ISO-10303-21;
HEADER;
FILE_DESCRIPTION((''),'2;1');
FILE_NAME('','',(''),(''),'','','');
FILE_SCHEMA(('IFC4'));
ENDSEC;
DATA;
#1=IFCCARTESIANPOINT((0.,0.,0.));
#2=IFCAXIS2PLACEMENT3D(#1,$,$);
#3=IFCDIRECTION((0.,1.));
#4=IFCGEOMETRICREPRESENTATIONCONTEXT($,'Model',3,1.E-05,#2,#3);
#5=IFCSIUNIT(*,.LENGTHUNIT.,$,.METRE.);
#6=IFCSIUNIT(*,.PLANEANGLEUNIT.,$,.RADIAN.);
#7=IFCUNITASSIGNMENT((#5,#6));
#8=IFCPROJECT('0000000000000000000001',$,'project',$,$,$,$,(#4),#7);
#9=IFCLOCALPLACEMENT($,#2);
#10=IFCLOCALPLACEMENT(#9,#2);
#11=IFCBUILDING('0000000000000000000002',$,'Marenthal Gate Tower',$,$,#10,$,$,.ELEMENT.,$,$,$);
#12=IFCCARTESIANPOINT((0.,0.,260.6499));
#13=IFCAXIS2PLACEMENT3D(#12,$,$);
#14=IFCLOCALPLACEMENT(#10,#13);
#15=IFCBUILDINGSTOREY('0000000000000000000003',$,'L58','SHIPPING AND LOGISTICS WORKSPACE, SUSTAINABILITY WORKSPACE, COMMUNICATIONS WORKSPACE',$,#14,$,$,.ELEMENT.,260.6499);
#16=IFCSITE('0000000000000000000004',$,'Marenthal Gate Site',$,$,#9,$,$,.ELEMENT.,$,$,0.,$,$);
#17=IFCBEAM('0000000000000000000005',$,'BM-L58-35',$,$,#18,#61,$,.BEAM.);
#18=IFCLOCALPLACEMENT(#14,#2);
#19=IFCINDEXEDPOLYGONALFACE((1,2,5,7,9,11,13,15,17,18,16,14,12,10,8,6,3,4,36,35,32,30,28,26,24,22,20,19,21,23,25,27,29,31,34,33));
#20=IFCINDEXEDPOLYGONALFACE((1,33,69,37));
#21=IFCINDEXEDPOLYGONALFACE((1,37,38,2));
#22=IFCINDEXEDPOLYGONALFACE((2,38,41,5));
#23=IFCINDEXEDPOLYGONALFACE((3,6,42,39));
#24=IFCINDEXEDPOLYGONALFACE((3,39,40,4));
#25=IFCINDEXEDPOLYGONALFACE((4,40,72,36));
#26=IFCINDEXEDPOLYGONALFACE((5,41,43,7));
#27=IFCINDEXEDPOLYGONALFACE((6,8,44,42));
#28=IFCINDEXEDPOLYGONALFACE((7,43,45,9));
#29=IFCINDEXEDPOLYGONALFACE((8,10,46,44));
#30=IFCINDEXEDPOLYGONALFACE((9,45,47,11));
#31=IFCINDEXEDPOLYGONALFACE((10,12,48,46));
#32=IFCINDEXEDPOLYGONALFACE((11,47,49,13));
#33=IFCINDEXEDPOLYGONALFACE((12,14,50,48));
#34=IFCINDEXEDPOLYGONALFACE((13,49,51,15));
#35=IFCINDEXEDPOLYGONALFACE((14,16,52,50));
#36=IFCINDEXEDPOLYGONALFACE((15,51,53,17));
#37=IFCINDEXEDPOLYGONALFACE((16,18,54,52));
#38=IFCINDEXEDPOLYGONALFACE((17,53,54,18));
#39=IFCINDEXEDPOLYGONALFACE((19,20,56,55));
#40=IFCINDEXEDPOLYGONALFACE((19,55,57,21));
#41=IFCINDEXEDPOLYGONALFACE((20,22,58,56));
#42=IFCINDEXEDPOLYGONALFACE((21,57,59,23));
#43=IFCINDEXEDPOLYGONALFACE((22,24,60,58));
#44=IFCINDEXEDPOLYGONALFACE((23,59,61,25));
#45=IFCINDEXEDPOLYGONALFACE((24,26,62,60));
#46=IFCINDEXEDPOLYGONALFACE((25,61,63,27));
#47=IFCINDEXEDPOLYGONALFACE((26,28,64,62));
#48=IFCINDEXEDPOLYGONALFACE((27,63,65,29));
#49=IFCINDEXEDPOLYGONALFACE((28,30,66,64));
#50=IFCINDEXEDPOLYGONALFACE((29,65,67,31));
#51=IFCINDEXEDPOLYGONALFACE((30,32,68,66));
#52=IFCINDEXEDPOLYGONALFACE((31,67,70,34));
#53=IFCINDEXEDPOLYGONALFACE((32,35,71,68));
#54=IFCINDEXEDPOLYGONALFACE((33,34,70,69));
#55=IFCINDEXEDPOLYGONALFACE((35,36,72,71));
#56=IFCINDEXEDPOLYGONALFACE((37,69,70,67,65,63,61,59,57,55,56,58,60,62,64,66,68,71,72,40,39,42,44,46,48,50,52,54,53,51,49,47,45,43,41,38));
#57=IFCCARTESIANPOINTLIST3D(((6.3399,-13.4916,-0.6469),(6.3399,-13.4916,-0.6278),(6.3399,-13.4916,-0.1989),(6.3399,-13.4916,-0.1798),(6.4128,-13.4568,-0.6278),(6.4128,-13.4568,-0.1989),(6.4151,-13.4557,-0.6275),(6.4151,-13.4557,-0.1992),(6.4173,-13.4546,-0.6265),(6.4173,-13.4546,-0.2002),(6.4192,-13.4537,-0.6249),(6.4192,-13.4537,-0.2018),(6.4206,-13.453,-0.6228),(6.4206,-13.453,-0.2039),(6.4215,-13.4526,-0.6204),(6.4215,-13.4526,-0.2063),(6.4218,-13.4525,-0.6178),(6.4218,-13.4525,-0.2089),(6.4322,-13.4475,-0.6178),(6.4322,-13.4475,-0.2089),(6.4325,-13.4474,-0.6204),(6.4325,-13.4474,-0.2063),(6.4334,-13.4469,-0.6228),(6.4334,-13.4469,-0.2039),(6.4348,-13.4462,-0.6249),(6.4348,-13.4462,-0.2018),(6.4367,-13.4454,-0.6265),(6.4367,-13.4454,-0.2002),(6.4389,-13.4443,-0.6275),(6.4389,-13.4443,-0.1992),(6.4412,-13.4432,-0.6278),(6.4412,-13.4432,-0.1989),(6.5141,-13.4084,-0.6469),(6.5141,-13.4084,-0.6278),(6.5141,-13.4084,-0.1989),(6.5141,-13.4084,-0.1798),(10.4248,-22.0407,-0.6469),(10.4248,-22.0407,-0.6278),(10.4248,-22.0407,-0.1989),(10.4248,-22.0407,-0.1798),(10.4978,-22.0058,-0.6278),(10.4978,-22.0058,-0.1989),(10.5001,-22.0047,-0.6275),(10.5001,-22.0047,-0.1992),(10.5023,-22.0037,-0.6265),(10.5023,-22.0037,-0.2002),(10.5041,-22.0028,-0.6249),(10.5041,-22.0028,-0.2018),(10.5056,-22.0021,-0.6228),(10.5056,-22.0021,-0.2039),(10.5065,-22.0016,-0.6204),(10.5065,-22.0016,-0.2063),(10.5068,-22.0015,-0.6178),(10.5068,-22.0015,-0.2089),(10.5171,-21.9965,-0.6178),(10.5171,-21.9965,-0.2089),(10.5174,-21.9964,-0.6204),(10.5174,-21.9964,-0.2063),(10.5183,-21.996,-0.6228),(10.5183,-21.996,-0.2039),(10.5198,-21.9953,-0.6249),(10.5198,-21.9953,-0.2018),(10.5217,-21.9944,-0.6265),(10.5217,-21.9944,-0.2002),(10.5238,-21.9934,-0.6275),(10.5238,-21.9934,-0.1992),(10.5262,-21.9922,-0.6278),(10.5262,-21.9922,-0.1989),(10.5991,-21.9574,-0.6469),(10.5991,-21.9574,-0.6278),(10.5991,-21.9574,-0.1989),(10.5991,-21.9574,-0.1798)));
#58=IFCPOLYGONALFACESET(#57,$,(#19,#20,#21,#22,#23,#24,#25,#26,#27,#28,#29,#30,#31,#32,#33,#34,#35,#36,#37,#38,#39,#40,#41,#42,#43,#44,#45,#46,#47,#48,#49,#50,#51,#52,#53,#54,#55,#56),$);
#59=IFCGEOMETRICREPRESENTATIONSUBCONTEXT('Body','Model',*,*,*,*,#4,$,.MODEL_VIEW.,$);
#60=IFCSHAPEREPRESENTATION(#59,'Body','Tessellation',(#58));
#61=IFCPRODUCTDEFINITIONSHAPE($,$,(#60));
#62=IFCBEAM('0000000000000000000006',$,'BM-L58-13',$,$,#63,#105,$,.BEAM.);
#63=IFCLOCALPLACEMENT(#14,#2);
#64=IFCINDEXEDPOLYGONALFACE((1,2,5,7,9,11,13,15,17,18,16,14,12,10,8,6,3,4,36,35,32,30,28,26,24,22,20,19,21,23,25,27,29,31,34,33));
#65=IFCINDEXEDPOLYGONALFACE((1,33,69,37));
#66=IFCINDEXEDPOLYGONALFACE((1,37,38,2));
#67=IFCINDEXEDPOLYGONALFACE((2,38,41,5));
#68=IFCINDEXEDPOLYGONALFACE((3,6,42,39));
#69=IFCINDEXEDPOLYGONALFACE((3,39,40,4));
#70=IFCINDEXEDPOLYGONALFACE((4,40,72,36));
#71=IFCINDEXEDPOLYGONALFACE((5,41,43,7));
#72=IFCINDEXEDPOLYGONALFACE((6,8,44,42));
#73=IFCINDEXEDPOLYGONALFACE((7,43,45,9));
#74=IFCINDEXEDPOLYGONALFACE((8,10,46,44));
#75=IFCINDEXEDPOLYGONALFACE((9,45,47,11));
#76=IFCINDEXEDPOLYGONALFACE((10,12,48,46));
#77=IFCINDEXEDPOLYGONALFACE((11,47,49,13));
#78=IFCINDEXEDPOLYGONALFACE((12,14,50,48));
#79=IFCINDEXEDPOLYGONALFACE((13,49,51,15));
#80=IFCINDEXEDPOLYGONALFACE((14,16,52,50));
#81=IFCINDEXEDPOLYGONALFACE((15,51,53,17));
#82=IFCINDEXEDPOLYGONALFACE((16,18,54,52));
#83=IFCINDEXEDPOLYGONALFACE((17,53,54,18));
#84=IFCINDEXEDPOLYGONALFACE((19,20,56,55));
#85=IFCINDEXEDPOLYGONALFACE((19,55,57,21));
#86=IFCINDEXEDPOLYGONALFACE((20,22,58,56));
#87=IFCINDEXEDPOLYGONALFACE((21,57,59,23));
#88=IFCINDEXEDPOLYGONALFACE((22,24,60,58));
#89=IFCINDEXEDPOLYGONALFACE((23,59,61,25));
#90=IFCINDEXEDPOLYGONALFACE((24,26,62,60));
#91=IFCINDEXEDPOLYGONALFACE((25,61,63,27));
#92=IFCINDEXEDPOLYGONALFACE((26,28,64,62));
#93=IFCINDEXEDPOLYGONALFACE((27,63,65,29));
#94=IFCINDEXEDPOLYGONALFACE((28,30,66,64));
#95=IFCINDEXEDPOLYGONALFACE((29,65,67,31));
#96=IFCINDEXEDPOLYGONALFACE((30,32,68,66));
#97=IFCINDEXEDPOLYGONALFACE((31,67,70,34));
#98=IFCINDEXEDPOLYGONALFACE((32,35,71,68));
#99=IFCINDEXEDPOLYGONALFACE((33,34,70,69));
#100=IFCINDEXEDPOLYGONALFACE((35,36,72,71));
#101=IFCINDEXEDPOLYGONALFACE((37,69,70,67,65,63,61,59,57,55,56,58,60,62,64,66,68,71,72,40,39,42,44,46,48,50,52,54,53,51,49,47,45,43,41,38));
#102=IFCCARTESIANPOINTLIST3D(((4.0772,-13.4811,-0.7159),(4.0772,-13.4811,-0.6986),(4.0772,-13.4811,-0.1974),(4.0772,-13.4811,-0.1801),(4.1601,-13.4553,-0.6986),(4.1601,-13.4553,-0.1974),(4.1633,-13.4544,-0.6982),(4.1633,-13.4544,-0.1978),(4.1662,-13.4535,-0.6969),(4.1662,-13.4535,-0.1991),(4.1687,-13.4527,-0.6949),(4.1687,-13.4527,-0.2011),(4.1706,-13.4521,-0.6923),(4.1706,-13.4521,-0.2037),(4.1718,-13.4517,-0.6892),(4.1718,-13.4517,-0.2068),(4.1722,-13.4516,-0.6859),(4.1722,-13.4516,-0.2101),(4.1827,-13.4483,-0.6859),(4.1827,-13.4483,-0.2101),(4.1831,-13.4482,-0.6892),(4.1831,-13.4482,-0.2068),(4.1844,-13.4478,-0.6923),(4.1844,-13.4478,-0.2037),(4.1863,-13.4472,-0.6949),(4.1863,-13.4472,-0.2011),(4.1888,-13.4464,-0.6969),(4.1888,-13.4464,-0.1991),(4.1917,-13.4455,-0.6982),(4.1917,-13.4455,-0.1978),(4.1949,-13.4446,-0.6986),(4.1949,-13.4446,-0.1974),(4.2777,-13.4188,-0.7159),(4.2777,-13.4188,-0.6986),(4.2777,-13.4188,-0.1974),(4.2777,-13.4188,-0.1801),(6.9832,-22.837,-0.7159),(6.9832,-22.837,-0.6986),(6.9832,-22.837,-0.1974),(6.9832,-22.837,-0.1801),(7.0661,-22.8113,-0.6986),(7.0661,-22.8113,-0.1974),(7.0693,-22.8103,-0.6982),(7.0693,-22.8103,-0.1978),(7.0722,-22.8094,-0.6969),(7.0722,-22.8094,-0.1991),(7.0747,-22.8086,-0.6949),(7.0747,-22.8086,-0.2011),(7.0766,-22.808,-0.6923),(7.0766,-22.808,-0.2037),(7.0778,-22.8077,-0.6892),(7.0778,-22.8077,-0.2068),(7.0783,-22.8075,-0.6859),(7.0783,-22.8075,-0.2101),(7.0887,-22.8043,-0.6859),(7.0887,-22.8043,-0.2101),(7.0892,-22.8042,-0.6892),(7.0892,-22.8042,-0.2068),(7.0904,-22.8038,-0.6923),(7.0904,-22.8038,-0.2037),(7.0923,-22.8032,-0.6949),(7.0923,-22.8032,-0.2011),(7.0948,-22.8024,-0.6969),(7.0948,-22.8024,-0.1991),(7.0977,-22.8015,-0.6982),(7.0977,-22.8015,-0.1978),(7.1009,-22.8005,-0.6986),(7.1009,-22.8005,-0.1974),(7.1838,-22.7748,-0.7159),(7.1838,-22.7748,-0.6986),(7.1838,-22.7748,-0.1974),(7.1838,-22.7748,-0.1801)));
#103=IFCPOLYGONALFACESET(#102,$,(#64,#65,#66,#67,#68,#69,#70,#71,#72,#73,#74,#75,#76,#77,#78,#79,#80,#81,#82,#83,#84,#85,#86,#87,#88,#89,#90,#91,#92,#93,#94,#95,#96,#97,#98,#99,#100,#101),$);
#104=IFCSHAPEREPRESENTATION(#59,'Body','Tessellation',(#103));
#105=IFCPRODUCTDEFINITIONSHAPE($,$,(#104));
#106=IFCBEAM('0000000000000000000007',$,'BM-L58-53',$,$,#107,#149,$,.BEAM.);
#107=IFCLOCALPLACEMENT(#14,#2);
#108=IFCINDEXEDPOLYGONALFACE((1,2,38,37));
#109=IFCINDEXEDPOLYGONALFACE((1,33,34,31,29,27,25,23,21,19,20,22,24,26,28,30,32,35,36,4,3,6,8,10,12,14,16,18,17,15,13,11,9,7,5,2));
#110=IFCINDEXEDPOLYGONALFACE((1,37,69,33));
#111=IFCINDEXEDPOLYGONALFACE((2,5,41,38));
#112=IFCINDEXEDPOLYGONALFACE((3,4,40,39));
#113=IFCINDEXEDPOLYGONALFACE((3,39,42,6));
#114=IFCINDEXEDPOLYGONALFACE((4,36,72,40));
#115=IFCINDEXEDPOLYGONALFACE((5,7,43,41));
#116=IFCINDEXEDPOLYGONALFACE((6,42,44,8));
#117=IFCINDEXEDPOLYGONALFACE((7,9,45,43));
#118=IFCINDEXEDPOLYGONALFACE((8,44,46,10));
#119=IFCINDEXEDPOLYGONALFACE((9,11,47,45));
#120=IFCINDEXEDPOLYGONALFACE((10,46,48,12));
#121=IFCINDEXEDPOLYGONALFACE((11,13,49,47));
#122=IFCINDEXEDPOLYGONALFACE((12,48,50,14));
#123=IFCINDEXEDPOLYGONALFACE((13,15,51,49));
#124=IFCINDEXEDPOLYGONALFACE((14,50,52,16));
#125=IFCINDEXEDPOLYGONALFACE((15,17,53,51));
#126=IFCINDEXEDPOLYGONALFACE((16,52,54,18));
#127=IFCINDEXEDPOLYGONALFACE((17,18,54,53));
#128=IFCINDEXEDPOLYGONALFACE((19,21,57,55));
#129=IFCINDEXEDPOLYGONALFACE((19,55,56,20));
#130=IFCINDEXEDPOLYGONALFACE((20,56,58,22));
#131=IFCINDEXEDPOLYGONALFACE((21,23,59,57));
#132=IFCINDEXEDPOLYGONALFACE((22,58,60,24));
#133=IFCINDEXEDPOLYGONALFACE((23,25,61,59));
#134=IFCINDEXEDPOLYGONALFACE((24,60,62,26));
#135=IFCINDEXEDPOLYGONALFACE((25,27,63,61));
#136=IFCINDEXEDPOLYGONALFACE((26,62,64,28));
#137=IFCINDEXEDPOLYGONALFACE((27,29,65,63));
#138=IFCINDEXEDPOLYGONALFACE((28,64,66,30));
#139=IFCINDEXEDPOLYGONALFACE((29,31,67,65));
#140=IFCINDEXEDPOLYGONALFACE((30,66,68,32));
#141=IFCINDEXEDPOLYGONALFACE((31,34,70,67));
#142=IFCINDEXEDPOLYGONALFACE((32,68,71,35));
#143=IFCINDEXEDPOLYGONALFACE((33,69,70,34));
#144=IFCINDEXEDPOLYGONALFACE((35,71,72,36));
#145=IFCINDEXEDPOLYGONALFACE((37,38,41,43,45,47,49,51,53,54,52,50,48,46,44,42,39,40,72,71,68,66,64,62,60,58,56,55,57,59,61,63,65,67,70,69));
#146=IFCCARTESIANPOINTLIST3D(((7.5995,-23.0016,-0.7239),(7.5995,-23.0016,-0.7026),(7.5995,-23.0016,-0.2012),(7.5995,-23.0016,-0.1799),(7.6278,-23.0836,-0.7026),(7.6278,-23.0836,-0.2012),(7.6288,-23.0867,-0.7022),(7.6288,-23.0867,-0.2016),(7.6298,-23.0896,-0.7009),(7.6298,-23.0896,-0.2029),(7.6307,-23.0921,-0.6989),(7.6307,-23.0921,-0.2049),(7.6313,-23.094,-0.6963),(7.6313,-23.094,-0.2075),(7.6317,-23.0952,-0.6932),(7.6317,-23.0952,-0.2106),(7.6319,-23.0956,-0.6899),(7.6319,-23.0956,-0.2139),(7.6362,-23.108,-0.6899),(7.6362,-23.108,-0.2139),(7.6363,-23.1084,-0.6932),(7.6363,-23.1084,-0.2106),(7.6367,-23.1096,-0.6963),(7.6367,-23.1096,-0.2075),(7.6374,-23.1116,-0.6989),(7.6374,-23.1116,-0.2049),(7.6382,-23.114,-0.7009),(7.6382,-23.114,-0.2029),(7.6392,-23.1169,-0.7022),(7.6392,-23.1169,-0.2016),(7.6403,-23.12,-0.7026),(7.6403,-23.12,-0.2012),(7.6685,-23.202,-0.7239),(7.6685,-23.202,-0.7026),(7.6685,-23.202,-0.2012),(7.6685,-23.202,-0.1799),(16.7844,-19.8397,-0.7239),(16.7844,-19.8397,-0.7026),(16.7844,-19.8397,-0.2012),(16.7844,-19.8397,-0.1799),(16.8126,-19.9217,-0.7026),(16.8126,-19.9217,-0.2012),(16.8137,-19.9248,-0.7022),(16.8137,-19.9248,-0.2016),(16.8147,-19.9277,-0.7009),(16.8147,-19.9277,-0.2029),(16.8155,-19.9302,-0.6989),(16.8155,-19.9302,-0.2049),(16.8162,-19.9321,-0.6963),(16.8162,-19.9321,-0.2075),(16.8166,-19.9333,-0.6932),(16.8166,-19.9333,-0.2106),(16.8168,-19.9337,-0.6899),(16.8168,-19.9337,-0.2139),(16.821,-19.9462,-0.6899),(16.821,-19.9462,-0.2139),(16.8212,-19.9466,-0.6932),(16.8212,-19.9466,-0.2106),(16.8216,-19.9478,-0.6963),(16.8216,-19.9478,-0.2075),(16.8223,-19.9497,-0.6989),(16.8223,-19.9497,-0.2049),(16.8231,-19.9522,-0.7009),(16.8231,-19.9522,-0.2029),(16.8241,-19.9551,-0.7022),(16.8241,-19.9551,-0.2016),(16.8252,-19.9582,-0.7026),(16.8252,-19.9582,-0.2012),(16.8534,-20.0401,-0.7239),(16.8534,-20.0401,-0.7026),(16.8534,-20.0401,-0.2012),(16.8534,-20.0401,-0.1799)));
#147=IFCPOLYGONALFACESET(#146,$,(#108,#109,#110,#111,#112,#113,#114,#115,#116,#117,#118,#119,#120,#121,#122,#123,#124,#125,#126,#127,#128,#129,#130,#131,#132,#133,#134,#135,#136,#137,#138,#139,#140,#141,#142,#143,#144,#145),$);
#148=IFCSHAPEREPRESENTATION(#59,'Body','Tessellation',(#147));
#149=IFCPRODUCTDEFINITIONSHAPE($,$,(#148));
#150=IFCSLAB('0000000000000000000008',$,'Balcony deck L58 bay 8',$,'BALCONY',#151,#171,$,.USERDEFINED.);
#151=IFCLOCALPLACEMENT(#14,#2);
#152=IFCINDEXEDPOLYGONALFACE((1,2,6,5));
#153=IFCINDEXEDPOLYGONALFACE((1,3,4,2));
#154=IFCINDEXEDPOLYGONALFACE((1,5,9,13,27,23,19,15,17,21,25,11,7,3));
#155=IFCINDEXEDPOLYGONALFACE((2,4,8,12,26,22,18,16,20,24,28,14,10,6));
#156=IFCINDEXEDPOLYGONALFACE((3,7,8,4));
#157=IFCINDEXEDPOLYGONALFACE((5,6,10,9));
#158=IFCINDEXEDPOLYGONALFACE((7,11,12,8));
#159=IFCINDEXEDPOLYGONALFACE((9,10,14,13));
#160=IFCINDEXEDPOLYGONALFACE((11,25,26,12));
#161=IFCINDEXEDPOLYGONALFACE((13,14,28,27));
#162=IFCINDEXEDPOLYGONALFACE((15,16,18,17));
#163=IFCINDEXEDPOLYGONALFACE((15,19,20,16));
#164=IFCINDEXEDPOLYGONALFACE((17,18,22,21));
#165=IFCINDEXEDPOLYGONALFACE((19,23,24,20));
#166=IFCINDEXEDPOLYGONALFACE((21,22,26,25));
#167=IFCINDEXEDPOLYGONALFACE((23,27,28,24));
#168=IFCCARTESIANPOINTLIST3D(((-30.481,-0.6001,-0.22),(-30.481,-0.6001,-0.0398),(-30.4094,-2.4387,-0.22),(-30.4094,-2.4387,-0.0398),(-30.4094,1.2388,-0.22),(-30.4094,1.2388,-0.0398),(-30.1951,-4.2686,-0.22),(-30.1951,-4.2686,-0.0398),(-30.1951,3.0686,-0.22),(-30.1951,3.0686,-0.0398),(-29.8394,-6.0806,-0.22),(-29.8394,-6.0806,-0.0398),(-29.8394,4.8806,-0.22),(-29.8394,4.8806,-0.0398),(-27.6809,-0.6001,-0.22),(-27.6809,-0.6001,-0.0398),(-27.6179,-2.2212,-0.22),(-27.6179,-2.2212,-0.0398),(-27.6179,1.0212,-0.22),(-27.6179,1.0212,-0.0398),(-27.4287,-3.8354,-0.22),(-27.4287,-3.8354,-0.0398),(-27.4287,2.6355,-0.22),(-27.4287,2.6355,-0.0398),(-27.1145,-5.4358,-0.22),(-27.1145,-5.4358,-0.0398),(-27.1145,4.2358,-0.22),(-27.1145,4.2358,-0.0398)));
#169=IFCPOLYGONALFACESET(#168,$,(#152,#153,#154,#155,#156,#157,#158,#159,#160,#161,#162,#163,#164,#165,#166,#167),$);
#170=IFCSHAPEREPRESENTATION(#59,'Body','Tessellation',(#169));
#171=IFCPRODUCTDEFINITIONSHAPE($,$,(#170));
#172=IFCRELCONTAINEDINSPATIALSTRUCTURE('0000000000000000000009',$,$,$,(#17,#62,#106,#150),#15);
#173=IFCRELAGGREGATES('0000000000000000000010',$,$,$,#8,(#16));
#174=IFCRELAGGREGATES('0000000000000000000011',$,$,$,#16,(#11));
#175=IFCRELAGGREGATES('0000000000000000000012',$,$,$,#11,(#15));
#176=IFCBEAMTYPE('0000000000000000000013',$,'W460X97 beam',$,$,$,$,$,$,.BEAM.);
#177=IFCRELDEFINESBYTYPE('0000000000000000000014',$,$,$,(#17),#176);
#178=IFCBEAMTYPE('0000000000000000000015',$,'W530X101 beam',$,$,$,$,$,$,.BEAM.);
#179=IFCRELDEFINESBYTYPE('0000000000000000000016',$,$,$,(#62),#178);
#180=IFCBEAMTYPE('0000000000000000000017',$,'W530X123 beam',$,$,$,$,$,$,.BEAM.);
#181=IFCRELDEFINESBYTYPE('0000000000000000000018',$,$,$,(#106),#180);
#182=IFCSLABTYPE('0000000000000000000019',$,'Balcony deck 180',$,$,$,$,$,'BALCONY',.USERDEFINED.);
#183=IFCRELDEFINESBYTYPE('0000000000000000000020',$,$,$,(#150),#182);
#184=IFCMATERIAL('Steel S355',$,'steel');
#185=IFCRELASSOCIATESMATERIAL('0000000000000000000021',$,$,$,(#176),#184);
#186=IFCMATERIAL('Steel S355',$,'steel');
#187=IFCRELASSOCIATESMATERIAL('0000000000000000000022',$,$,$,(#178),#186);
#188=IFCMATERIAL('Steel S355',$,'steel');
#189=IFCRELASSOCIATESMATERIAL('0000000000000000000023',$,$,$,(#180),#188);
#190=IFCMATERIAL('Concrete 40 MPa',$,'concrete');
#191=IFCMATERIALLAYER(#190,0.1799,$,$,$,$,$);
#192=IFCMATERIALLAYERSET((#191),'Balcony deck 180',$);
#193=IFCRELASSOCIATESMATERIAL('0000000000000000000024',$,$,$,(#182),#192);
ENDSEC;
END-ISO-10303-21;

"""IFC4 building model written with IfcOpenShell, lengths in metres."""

from ifc_helpers import new_model, si_unit, direction, frame, origin, origin_2d, place, context, subcontext, project, spatial, polyline, i_section, outline, extrude, material, layer, layer_set, material_profile, profile_set, type_object, element, save


model = new_model("IFC4")

# Units and contexts
model_context = context("Model", 3, precision=1e-05, world=origin(), true_north=direction((0.0, 1.0)))
body_context = subcontext(model_context, "Body", "Model", "MODEL_VIEW")
ifc_project = project(units=[si_unit("LENGTHUNIT", "METRE"), si_unit("PLANEANGLEUNIT", "RADIAN")], contexts=[model_context])

# Site, building, storey
site_placement = place(None, origin())
site = spatial("IfcSite", under=ifc_project, at=site_placement, Name="Marenthal Gate Site", CompositionType="ELEMENT", RefElevation=0.0)
building_placement = place(site_placement, origin())
building = spatial("IfcBuilding", under=site, at=building_placement, Name="Marenthal Gate Tower", CompositionType="ELEMENT")
storey_placement = place(building_placement, frame((0.0, 0.0, 260.6499)))
storey = spatial("IfcBuildingStorey", under=building, at=storey_placement, Name="L58", Description="SHIPPING AND LOGISTICS WORKSPACE, SUSTAINABILITY WORKSPACE, COMMUNICATIONS WORKSPACE", CompositionType="ELEMENT", Elevation=260.6499)

# Beams
ifc_material_1 = material(Name="Steel S355", Category="steel")
ifc_material_profile_1 = material_profile(ifc_material_1, i_section(OverallWidth=0.1931, OverallDepth=0.467, WebThickness=0.0115, FlangeThickness=0.019, FilletRadius=0.01, at=origin_2d()), Name="W460X97")
ifc_profile_set_1 = profile_set([ifc_material_profile_1], Name="Steel S355")
beam_type_1 = type_object("IfcBeamType", Name="W460X97 beam", PredefinedType="BEAM", material=ifc_profile_set_1)
beam_1_placement = place(storey_placement, frame((10.512, -21.999, -0.4133), z_axis=(-0.431135, 0.902287, 0.0), x_axis=(-0.902287, -0.431135, 0.0)))
element("IfcBeam", 1, at=beam_1_placement, inside=storey, type_object=beam_type_1, Name="BM-L58-35", PredefinedType="BEAM", context=body_context, shape_type="SweptSolid", body=[
    extrude(i_section(OverallWidth=0.1931, OverallDepth=0.467, WebThickness=0.0115, FlangeThickness=0.019, FilletRadius=0.01, at=origin_2d()), origin(), (0.0, 0.0, 1.0), 9.4749),
])
ifc_material_2 = material(Name="Steel S355", Category="steel")
ifc_material_profile_2 = material_profile(ifc_material_2, i_section(OverallWidth=0.21, OverallDepth=0.5359, WebThickness=0.011, FlangeThickness=0.0173, FilletRadius=0.0127, at=origin_2d()), Name="W530X101")
ifc_profile_set_2 = profile_set([ifc_material_profile_2], Name="Steel S355")
beam_type_2 = type_object("IfcBeamType", Name="W530X101 beam", PredefinedType="BEAM", material=ifc_profile_set_2)
beam_2_placement = place(storey_placement, frame((7.0835, -22.8059, -0.448), z_axis=(-0.296626, 0.954994, 0.0), x_axis=(-0.954994, -0.296626, 0.0)))
element("IfcBeam", 2, at=beam_2_placement, inside=storey, type_object=beam_type_2, Name="BM-L58-13", PredefinedType="BEAM", context=body_context, shape_type="SweptSolid", body=[
    extrude(i_section(OverallWidth=0.21, OverallDepth=0.5359, WebThickness=0.011, FlangeThickness=0.0173, FilletRadius=0.0127, at=origin_2d()), origin(), (0.0, 0.0, 1.0), 9.7969),
])
ifc_material_3 = material(Name="Steel S355", Category="steel")
ifc_material_profile_3 = material_profile(ifc_material_3, i_section(OverallWidth=0.2119, OverallDepth=0.5439, WebThickness=0.0132, FlangeThickness=0.0212, FilletRadius=0.0127, at=origin_2d()), Name="W530X123")
ifc_profile_set_3 = profile_set([ifc_material_profile_3], Name="Steel S355")
beam_type_3 = type_object("IfcBeamType", Name="W530X123 beam", PredefinedType="BEAM", material=ifc_profile_set_3)
beam_3_placement = place(storey_placement, frame((7.634, -23.1018, -0.4519), z_axis=(0.945541, 0.325502, 0.0), x_axis=(-0.325502, 0.945541, 0.0)))
element("IfcBeam", 3, at=beam_3_placement, inside=storey, type_object=beam_type_3, Name="BM-L58-53", PredefinedType="BEAM", context=body_context, shape_type="SweptSolid", body=[
    extrude(i_section(OverallWidth=0.2119, OverallDepth=0.5439, WebThickness=0.0132, FlangeThickness=0.0212, FilletRadius=0.0127, at=origin_2d()), origin(), (0.0, 0.0, 1.0), 9.7139),
])

# Slab
ifc_material_4 = material(Name="Concrete 40 MPa", Category="concrete")
ifc_layer_1 = layer(ifc_material_4, 0.1799)
ifc_layer_set_1 = layer_set([ifc_layer_1], Name="Balcony deck 180")
slab_type_1 = type_object("IfcSlabType", Name="Balcony deck 180", ElementType="BALCONY", PredefinedType="USERDEFINED", material=ifc_layer_set_1)
slab_1_placement = place(storey_placement, frame((0.0, 0.0, -0.22)))
element("IfcSlab", 4, at=slab_1_placement, inside=storey, type_object=slab_type_1, Name="Balcony deck L58 bay 8", ObjectType="BALCONY", PredefinedType="USERDEFINED", context=body_context, shape_type="SweptSolid", body=[
    extrude(outline(polyline([(-27.1145, 4.2358), (-27.4287, 2.6355), (-27.6179, 1.0212), (-27.6809, -0.6001), (-27.6179, -2.2212), (-27.4287, -3.8354), (-27.1145, -5.4358), (-29.8394, -6.0806), (-30.1951, -4.2686), (-30.4094, -2.4387), (-30.481, -0.6001), (-30.4094, 1.2388), (-30.1951, 3.0686), (-29.8394, 4.8806), (-27.1145, 4.2358)])), origin(), (0.0, 0.0, 1.0), 0.1802),
])

save(model, "model.ifc")
